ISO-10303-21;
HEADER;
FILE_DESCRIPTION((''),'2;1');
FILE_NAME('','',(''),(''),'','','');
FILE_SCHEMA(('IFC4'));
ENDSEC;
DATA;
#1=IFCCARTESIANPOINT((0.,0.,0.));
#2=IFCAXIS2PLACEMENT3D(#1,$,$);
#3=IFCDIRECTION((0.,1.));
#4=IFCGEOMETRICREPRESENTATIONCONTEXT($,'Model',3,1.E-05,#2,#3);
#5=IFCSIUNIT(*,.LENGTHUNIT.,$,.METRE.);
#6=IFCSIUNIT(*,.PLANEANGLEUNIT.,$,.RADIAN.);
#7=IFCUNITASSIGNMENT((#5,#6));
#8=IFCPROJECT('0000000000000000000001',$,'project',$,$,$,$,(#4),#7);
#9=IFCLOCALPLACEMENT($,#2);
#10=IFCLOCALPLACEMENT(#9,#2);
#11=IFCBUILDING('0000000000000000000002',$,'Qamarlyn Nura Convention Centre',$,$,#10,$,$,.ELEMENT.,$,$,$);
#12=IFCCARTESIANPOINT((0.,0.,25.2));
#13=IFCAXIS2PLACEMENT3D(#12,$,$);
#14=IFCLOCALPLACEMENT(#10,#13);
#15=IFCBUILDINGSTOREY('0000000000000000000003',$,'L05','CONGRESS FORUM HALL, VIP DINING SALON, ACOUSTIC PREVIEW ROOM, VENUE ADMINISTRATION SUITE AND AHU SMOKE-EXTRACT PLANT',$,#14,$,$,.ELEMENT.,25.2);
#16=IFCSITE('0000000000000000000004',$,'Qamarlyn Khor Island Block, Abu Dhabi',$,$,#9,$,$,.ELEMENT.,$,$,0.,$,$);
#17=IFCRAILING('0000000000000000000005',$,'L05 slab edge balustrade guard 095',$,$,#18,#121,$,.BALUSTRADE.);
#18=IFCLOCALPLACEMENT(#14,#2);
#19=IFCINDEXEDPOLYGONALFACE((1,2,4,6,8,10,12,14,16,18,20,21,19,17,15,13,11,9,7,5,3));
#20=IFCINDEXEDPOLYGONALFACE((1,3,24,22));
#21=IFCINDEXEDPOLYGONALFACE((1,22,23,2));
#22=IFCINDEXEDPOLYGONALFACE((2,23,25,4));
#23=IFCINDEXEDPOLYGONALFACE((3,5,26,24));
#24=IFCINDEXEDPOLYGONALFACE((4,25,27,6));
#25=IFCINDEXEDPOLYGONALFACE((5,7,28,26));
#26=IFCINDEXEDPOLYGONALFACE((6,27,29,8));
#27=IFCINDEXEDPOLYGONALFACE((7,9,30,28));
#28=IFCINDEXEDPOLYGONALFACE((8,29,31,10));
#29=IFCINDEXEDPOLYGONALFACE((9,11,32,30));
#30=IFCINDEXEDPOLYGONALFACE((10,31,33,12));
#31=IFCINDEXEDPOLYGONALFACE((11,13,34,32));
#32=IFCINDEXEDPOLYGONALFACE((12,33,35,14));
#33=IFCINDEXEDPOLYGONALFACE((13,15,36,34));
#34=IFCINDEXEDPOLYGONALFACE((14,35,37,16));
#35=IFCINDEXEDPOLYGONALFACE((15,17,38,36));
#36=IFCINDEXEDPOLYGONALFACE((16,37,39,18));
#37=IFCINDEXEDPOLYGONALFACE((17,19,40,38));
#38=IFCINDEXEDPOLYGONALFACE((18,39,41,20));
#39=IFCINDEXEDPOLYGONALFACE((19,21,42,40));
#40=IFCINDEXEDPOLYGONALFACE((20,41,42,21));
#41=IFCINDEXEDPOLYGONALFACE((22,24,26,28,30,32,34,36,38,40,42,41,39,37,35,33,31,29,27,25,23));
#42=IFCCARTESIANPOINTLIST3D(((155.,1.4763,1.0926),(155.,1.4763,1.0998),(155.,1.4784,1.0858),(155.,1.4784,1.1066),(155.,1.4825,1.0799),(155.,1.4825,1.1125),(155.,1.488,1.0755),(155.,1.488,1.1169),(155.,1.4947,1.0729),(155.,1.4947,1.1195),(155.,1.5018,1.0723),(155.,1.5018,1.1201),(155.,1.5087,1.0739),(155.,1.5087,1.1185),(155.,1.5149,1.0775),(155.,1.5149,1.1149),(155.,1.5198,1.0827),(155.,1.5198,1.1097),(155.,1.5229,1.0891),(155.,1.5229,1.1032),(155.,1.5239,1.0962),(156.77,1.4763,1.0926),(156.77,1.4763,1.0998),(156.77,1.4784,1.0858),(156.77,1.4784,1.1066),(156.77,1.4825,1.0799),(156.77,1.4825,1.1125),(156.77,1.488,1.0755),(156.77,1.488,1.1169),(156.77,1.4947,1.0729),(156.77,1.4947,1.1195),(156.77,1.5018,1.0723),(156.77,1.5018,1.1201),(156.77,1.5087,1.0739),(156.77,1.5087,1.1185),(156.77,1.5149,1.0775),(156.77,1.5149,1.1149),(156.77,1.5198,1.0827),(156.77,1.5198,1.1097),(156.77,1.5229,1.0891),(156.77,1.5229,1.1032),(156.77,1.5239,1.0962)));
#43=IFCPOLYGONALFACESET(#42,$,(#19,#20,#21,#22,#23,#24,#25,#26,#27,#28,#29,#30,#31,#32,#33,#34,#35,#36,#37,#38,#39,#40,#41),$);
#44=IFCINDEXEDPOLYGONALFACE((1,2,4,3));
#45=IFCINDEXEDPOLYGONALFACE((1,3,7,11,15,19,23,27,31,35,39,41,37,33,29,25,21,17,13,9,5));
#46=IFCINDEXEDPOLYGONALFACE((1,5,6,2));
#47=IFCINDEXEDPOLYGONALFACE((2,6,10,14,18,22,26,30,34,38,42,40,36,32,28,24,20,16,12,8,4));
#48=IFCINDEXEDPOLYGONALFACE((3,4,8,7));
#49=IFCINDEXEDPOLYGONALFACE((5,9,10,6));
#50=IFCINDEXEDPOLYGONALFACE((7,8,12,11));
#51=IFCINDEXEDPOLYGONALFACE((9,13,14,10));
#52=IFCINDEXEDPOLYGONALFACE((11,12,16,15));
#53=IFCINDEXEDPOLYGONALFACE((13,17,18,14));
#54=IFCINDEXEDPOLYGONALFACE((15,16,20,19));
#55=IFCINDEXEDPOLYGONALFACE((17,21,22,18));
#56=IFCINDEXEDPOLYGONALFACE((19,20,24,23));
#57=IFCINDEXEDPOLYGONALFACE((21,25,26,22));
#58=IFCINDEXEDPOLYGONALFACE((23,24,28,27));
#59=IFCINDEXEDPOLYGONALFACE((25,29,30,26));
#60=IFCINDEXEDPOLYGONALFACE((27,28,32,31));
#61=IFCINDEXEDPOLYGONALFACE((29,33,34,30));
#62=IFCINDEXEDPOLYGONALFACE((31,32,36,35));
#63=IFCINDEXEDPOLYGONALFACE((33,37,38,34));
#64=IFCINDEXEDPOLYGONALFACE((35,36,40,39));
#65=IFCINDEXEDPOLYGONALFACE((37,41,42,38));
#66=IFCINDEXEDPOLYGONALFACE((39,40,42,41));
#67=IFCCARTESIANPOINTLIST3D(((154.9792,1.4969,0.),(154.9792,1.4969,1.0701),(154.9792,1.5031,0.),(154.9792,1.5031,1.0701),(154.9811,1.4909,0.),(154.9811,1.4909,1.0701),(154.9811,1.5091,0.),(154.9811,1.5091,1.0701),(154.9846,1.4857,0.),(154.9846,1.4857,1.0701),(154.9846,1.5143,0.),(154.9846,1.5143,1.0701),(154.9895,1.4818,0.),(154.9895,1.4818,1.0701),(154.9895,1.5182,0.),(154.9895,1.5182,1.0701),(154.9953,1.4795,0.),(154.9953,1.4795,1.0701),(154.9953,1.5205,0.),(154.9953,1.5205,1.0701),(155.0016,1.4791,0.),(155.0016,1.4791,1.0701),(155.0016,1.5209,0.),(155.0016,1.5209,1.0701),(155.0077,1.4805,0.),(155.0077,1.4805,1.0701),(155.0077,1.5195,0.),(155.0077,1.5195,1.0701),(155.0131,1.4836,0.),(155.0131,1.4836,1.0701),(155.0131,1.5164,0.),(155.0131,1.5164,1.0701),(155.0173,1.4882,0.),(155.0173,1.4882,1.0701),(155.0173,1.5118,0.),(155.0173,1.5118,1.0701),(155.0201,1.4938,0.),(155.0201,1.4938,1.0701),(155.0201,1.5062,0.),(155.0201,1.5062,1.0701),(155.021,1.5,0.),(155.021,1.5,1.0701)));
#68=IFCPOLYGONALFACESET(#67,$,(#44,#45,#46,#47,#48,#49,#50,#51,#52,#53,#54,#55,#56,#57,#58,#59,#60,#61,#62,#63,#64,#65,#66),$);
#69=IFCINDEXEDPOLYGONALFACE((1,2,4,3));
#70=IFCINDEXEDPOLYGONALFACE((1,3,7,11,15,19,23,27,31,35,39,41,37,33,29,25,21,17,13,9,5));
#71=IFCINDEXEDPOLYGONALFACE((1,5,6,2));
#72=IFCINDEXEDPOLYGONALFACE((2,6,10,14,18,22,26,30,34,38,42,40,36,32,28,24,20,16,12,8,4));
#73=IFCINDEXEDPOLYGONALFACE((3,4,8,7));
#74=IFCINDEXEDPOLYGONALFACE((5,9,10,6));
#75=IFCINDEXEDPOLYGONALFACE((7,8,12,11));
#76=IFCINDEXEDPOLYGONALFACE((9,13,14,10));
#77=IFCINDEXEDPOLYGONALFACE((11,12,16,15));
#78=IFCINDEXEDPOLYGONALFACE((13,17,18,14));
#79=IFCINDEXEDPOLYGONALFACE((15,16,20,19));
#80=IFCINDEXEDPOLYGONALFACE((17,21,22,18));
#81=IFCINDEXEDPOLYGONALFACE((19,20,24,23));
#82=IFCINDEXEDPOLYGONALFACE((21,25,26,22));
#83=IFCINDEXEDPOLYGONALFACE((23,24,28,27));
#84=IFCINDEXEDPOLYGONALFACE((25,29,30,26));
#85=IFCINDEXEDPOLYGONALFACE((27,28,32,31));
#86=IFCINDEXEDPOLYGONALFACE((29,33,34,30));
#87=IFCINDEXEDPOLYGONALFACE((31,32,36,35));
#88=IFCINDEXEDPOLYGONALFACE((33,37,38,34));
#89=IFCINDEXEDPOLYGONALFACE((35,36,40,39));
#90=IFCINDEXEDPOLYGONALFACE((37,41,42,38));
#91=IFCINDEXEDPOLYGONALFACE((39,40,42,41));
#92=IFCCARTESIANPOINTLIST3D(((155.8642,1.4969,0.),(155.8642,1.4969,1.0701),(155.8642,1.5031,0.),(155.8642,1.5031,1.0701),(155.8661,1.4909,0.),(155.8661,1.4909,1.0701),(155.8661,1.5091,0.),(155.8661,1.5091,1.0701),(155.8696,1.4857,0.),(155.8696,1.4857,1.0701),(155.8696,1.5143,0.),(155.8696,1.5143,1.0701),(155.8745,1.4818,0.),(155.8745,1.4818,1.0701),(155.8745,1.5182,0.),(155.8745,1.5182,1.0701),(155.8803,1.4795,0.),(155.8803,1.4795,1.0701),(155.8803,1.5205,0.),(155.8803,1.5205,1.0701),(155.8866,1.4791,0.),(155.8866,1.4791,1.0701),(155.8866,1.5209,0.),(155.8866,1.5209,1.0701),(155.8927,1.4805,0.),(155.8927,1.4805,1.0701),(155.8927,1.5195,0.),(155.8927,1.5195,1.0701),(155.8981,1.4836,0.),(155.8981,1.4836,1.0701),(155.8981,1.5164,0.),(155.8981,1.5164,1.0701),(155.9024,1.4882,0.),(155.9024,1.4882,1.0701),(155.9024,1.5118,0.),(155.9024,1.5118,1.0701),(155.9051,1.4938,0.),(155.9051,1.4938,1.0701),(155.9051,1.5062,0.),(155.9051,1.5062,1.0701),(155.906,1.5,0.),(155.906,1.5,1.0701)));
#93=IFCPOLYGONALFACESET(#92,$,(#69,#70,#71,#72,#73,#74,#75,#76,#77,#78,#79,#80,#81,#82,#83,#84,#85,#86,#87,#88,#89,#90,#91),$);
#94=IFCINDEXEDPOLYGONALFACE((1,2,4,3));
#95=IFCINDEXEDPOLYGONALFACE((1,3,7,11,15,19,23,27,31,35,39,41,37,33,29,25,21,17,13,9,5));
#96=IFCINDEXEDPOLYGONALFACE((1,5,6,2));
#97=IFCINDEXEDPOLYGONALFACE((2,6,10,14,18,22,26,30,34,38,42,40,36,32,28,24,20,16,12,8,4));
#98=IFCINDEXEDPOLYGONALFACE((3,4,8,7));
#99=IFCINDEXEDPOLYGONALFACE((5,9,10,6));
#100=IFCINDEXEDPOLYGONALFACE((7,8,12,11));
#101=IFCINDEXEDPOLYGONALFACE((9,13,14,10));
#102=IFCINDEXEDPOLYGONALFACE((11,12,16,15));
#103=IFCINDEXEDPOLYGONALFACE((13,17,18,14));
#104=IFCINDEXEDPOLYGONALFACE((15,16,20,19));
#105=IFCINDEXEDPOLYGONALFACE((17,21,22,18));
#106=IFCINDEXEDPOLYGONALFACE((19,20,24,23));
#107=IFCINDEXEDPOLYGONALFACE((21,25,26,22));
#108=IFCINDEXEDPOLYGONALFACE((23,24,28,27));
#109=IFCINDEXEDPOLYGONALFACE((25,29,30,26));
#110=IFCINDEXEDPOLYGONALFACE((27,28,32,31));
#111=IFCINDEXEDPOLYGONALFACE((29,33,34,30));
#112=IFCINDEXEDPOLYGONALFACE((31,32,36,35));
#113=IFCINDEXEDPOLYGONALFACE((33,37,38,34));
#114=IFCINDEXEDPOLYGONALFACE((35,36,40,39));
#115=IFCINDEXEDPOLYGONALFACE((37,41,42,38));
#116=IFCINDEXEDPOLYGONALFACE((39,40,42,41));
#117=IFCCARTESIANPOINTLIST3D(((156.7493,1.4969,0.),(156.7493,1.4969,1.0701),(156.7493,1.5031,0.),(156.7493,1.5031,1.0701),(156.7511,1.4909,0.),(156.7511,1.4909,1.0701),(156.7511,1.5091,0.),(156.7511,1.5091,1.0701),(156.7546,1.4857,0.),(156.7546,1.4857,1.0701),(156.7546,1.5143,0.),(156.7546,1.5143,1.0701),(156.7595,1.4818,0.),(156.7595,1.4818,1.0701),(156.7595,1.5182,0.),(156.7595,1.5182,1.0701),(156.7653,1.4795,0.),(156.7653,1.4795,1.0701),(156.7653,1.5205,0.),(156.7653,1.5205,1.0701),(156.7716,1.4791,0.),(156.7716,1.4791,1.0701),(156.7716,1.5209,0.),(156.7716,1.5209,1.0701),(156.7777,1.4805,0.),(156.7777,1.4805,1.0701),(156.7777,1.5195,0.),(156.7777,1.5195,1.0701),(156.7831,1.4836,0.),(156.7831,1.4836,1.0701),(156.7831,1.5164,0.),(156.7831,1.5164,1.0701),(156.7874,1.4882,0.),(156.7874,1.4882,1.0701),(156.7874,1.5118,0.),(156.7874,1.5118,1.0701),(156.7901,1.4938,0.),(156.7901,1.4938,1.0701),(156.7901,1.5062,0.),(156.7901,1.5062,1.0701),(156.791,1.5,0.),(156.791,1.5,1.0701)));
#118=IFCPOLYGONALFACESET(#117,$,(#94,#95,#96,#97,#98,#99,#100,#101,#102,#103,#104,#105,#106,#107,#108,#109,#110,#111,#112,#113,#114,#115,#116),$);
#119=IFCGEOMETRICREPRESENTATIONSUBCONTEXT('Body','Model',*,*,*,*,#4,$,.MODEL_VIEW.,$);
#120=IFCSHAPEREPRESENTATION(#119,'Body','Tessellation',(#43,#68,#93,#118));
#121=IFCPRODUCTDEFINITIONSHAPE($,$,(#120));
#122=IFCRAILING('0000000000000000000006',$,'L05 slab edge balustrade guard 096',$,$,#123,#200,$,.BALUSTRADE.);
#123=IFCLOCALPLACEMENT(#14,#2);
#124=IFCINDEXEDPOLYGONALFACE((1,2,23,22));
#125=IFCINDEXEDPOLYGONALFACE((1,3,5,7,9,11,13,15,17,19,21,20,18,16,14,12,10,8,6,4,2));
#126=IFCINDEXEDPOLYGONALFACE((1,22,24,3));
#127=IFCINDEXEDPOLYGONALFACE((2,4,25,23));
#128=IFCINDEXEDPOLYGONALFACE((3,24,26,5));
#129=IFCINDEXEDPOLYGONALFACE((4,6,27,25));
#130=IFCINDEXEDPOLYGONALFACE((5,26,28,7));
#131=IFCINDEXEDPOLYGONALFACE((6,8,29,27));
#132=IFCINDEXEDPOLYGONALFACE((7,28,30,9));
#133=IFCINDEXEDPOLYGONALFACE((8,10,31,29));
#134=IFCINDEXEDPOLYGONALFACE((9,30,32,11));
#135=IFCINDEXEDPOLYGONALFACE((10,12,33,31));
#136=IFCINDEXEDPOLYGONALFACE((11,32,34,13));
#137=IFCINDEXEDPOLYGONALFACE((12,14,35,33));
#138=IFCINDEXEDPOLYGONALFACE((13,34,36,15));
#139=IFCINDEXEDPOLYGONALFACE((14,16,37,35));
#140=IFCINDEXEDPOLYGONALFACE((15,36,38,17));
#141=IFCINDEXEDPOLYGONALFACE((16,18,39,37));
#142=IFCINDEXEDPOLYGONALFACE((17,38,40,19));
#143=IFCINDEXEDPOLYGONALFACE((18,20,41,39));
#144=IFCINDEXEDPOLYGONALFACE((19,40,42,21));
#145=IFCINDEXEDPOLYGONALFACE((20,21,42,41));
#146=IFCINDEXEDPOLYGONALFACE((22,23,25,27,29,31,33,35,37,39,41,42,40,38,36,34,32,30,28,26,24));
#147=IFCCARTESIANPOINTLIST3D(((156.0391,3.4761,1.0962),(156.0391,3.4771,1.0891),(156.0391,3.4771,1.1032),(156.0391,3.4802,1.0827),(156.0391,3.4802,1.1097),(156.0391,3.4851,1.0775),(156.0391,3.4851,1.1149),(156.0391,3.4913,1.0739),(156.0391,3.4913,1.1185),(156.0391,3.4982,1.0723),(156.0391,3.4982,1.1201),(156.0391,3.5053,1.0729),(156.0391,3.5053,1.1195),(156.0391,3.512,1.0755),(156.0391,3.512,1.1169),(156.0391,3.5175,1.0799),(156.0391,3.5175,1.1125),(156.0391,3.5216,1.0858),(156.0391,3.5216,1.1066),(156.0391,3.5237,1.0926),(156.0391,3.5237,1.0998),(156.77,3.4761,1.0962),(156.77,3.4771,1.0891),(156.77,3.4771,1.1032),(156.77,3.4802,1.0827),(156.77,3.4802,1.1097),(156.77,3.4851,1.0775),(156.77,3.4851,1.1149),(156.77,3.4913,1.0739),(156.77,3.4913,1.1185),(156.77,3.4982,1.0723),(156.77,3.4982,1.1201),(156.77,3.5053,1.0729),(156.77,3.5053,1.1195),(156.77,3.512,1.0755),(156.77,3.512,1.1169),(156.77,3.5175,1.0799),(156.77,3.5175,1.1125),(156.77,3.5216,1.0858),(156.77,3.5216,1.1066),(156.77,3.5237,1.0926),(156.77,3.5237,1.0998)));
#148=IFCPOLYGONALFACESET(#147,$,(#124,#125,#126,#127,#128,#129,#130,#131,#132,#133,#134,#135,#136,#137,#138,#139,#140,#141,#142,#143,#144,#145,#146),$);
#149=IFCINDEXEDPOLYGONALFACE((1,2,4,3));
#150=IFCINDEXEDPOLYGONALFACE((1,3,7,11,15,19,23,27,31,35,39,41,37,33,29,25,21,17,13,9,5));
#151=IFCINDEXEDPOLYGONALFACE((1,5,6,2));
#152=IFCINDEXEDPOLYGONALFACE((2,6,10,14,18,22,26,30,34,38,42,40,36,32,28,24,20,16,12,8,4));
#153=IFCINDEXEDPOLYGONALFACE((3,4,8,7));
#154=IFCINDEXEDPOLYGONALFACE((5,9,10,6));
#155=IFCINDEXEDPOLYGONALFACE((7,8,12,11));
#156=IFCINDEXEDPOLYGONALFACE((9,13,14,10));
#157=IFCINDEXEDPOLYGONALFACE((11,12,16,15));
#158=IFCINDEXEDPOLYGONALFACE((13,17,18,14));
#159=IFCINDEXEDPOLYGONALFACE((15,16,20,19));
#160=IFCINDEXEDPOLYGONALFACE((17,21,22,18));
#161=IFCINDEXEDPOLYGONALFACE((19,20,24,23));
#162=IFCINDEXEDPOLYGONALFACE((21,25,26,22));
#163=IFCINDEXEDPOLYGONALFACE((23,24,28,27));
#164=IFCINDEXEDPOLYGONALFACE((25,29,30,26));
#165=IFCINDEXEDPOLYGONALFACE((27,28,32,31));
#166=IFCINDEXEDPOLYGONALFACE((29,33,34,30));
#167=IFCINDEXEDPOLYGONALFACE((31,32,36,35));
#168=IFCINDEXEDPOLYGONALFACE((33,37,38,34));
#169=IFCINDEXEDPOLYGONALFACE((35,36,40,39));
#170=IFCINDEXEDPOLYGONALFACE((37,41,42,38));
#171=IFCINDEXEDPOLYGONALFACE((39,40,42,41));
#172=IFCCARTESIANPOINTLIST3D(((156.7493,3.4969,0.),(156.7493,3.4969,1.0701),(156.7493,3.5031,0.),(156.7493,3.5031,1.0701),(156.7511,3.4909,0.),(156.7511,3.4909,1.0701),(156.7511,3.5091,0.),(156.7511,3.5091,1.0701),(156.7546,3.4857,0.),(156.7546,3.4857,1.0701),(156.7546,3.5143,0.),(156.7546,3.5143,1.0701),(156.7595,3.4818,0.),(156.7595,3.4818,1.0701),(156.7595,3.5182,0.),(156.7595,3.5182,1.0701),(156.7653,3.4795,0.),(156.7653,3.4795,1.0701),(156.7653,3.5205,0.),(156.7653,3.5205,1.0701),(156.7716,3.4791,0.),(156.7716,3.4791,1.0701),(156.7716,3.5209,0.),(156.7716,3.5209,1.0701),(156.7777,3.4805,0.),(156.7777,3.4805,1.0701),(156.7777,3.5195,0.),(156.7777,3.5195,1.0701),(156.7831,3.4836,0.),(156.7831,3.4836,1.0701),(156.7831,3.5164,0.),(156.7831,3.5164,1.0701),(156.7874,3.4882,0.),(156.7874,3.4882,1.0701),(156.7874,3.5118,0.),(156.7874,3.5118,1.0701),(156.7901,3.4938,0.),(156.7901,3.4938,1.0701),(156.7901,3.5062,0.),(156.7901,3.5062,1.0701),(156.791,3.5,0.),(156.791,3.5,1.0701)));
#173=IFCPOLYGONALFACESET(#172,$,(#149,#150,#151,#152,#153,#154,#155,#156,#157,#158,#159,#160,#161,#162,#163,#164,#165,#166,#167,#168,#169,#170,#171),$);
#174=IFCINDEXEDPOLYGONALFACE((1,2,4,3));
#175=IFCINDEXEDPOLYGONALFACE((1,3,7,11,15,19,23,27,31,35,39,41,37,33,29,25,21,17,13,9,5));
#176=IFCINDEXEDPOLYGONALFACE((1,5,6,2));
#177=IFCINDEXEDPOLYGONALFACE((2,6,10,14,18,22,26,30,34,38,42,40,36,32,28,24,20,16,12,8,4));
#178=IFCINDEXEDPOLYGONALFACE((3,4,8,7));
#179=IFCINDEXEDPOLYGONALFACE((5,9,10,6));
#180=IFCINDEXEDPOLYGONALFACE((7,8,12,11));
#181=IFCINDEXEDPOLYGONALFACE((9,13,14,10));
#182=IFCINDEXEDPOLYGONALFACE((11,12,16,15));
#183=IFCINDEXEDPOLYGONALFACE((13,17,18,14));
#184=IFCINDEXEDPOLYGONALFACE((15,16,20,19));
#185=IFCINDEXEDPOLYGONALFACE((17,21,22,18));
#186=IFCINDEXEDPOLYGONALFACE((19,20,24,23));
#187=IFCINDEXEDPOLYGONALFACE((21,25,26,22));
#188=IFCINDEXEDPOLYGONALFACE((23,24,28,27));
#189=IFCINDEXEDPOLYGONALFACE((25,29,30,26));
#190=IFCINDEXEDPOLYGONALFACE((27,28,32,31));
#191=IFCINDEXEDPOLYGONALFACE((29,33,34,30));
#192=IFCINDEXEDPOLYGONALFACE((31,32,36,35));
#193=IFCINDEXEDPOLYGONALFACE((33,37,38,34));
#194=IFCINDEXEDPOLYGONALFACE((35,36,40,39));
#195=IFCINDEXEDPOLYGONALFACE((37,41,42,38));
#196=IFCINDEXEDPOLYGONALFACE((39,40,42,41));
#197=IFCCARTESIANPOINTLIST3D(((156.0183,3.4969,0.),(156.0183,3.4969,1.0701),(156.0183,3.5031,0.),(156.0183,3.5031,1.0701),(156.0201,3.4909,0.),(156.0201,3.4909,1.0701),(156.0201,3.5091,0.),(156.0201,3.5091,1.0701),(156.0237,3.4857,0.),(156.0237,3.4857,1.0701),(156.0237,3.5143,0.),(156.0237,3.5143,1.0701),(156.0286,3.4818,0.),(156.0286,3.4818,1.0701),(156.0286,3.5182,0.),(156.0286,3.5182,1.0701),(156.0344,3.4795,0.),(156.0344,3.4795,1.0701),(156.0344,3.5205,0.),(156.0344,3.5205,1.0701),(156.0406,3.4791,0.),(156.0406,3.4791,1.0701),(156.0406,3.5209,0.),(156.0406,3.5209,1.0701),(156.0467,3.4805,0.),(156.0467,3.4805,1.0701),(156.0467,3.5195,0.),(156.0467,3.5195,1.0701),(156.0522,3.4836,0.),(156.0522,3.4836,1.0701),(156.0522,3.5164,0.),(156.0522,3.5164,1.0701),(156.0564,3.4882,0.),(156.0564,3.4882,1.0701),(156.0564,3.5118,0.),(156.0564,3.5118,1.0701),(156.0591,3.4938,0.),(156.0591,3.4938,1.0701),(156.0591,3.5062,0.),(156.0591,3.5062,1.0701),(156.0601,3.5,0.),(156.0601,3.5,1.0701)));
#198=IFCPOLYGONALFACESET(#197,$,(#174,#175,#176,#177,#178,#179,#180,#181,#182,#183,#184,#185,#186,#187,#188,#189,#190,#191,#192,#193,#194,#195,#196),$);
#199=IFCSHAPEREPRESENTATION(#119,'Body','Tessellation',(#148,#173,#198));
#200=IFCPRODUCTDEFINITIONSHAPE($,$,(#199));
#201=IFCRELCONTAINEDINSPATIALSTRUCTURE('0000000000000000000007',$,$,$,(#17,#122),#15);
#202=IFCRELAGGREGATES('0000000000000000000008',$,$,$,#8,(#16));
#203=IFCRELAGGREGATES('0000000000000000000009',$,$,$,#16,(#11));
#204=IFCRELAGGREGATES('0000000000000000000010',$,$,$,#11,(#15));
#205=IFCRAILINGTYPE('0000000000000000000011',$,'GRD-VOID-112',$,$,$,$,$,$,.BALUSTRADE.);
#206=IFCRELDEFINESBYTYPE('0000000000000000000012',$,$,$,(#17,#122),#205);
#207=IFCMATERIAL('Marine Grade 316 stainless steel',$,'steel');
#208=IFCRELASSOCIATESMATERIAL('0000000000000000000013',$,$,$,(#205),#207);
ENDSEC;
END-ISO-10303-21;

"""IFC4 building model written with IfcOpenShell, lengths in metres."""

from ifc_helpers import new_model, si_unit, direction, frame, origin, origin_2d, place, context, subcontext, project, spatial, circle, extrude, material, type_object, element, save


model = new_model("IFC4")

# Units and contexts
model_context = context("Model", 3, precision=1e-05, world=origin(), true_north=direction((0.0, 1.0)))
body_context = subcontext(model_context, "Body", "Model", "MODEL_VIEW")
ifc_project = project(units=[si_unit("LENGTHUNIT", "METRE"), si_unit("PLANEANGLEUNIT", "RADIAN")], contexts=[model_context])

# Site, building, storey
site_placement = place(None, origin())
site = spatial("IfcSite", under=ifc_project, at=site_placement, Name="Qamarlyn Khor Island Block, Abu Dhabi", CompositionType="ELEMENT", RefElevation=0.0)
building_placement = place(site_placement, origin())
building = spatial("IfcBuilding", under=site, at=building_placement, Name="Qamarlyn Nura Convention Centre", CompositionType="ELEMENT")
storey_placement = place(building_placement, frame((0.0, 0.0, 25.2)))
storey = spatial("IfcBuildingStorey", under=building, at=storey_placement, Name="L05", Description="CONGRESS FORUM HALL, VIP DINING SALON, ACOUSTIC PREVIEW ROOM, VENUE ADMINISTRATION SUITE AND AHU SMOKE-EXTRACT PLANT", CompositionType="ELEMENT", Elevation=25.2)

# Railings
ifc_material_1 = material(Name="Marine Grade 316 stainless steel", Category="steel")
railing_type = type_object("IfcRailingType", Name="GRD-VOID-112", PredefinedType="BALUSTRADE", material=ifc_material_1)
railing_1_placement = place(storey_placement, frame((155.0, 1.5, 0.0)))
element("IfcRailing", 1, at=railing_1_placement, inside=storey, type_object=railing_type, Name="L05 slab edge balustrade guard 095", PredefinedType="BALUSTRADE", context=body_context, shape_type="SweptSolid", body=[
    extrude(circle(Radius=0.0239, at=origin_2d()), frame((0.0, 0.0, 1.0962), z_axis=(1.0, 0.0, 0.0), x_axis=(0.0, 1.0, 0.0)), (0.0, 0.0, 1.0), 1.77),
    extrude(circle(Radius=0.021, at=origin_2d()), origin(), (0.0, 0.0, 1.0), 1.0701),
    extrude(circle(Radius=0.021, at=origin_2d()), frame((0.885, 0.0, 0.0)), (0.0, 0.0, 1.0), 1.0701),
    extrude(circle(Radius=0.021, at=origin_2d()), frame((1.77, 0.0, 0.0)), (0.0, 0.0, 1.0), 1.0701),
])
railing_2_placement = place(storey_placement, frame((156.77, 3.5, 0.0)))
element("IfcRailing", 2, at=railing_2_placement, inside=storey, type_object=railing_type, Name="L05 slab edge balustrade guard 096", PredefinedType="BALUSTRADE", context=body_context, shape_type="SweptSolid", body=[
    extrude(circle(Radius=0.0239, at=origin_2d()), frame((0.0, 0.0, 1.0962), z_axis=(-1.0, 0.0, 0.0), x_axis=(0.0, -1.0, 0.0)), (0.0, 0.0, 1.0), 0.731),
    extrude(circle(Radius=0.021, at=origin_2d()), origin(), (0.0, 0.0, 1.0), 1.0701),
    extrude(circle(Radius=0.021, at=origin_2d()), frame((-0.731, 0.0, 0.0)), (0.0, 0.0, 1.0), 1.0701),
])

save(model, "model.ifc")
